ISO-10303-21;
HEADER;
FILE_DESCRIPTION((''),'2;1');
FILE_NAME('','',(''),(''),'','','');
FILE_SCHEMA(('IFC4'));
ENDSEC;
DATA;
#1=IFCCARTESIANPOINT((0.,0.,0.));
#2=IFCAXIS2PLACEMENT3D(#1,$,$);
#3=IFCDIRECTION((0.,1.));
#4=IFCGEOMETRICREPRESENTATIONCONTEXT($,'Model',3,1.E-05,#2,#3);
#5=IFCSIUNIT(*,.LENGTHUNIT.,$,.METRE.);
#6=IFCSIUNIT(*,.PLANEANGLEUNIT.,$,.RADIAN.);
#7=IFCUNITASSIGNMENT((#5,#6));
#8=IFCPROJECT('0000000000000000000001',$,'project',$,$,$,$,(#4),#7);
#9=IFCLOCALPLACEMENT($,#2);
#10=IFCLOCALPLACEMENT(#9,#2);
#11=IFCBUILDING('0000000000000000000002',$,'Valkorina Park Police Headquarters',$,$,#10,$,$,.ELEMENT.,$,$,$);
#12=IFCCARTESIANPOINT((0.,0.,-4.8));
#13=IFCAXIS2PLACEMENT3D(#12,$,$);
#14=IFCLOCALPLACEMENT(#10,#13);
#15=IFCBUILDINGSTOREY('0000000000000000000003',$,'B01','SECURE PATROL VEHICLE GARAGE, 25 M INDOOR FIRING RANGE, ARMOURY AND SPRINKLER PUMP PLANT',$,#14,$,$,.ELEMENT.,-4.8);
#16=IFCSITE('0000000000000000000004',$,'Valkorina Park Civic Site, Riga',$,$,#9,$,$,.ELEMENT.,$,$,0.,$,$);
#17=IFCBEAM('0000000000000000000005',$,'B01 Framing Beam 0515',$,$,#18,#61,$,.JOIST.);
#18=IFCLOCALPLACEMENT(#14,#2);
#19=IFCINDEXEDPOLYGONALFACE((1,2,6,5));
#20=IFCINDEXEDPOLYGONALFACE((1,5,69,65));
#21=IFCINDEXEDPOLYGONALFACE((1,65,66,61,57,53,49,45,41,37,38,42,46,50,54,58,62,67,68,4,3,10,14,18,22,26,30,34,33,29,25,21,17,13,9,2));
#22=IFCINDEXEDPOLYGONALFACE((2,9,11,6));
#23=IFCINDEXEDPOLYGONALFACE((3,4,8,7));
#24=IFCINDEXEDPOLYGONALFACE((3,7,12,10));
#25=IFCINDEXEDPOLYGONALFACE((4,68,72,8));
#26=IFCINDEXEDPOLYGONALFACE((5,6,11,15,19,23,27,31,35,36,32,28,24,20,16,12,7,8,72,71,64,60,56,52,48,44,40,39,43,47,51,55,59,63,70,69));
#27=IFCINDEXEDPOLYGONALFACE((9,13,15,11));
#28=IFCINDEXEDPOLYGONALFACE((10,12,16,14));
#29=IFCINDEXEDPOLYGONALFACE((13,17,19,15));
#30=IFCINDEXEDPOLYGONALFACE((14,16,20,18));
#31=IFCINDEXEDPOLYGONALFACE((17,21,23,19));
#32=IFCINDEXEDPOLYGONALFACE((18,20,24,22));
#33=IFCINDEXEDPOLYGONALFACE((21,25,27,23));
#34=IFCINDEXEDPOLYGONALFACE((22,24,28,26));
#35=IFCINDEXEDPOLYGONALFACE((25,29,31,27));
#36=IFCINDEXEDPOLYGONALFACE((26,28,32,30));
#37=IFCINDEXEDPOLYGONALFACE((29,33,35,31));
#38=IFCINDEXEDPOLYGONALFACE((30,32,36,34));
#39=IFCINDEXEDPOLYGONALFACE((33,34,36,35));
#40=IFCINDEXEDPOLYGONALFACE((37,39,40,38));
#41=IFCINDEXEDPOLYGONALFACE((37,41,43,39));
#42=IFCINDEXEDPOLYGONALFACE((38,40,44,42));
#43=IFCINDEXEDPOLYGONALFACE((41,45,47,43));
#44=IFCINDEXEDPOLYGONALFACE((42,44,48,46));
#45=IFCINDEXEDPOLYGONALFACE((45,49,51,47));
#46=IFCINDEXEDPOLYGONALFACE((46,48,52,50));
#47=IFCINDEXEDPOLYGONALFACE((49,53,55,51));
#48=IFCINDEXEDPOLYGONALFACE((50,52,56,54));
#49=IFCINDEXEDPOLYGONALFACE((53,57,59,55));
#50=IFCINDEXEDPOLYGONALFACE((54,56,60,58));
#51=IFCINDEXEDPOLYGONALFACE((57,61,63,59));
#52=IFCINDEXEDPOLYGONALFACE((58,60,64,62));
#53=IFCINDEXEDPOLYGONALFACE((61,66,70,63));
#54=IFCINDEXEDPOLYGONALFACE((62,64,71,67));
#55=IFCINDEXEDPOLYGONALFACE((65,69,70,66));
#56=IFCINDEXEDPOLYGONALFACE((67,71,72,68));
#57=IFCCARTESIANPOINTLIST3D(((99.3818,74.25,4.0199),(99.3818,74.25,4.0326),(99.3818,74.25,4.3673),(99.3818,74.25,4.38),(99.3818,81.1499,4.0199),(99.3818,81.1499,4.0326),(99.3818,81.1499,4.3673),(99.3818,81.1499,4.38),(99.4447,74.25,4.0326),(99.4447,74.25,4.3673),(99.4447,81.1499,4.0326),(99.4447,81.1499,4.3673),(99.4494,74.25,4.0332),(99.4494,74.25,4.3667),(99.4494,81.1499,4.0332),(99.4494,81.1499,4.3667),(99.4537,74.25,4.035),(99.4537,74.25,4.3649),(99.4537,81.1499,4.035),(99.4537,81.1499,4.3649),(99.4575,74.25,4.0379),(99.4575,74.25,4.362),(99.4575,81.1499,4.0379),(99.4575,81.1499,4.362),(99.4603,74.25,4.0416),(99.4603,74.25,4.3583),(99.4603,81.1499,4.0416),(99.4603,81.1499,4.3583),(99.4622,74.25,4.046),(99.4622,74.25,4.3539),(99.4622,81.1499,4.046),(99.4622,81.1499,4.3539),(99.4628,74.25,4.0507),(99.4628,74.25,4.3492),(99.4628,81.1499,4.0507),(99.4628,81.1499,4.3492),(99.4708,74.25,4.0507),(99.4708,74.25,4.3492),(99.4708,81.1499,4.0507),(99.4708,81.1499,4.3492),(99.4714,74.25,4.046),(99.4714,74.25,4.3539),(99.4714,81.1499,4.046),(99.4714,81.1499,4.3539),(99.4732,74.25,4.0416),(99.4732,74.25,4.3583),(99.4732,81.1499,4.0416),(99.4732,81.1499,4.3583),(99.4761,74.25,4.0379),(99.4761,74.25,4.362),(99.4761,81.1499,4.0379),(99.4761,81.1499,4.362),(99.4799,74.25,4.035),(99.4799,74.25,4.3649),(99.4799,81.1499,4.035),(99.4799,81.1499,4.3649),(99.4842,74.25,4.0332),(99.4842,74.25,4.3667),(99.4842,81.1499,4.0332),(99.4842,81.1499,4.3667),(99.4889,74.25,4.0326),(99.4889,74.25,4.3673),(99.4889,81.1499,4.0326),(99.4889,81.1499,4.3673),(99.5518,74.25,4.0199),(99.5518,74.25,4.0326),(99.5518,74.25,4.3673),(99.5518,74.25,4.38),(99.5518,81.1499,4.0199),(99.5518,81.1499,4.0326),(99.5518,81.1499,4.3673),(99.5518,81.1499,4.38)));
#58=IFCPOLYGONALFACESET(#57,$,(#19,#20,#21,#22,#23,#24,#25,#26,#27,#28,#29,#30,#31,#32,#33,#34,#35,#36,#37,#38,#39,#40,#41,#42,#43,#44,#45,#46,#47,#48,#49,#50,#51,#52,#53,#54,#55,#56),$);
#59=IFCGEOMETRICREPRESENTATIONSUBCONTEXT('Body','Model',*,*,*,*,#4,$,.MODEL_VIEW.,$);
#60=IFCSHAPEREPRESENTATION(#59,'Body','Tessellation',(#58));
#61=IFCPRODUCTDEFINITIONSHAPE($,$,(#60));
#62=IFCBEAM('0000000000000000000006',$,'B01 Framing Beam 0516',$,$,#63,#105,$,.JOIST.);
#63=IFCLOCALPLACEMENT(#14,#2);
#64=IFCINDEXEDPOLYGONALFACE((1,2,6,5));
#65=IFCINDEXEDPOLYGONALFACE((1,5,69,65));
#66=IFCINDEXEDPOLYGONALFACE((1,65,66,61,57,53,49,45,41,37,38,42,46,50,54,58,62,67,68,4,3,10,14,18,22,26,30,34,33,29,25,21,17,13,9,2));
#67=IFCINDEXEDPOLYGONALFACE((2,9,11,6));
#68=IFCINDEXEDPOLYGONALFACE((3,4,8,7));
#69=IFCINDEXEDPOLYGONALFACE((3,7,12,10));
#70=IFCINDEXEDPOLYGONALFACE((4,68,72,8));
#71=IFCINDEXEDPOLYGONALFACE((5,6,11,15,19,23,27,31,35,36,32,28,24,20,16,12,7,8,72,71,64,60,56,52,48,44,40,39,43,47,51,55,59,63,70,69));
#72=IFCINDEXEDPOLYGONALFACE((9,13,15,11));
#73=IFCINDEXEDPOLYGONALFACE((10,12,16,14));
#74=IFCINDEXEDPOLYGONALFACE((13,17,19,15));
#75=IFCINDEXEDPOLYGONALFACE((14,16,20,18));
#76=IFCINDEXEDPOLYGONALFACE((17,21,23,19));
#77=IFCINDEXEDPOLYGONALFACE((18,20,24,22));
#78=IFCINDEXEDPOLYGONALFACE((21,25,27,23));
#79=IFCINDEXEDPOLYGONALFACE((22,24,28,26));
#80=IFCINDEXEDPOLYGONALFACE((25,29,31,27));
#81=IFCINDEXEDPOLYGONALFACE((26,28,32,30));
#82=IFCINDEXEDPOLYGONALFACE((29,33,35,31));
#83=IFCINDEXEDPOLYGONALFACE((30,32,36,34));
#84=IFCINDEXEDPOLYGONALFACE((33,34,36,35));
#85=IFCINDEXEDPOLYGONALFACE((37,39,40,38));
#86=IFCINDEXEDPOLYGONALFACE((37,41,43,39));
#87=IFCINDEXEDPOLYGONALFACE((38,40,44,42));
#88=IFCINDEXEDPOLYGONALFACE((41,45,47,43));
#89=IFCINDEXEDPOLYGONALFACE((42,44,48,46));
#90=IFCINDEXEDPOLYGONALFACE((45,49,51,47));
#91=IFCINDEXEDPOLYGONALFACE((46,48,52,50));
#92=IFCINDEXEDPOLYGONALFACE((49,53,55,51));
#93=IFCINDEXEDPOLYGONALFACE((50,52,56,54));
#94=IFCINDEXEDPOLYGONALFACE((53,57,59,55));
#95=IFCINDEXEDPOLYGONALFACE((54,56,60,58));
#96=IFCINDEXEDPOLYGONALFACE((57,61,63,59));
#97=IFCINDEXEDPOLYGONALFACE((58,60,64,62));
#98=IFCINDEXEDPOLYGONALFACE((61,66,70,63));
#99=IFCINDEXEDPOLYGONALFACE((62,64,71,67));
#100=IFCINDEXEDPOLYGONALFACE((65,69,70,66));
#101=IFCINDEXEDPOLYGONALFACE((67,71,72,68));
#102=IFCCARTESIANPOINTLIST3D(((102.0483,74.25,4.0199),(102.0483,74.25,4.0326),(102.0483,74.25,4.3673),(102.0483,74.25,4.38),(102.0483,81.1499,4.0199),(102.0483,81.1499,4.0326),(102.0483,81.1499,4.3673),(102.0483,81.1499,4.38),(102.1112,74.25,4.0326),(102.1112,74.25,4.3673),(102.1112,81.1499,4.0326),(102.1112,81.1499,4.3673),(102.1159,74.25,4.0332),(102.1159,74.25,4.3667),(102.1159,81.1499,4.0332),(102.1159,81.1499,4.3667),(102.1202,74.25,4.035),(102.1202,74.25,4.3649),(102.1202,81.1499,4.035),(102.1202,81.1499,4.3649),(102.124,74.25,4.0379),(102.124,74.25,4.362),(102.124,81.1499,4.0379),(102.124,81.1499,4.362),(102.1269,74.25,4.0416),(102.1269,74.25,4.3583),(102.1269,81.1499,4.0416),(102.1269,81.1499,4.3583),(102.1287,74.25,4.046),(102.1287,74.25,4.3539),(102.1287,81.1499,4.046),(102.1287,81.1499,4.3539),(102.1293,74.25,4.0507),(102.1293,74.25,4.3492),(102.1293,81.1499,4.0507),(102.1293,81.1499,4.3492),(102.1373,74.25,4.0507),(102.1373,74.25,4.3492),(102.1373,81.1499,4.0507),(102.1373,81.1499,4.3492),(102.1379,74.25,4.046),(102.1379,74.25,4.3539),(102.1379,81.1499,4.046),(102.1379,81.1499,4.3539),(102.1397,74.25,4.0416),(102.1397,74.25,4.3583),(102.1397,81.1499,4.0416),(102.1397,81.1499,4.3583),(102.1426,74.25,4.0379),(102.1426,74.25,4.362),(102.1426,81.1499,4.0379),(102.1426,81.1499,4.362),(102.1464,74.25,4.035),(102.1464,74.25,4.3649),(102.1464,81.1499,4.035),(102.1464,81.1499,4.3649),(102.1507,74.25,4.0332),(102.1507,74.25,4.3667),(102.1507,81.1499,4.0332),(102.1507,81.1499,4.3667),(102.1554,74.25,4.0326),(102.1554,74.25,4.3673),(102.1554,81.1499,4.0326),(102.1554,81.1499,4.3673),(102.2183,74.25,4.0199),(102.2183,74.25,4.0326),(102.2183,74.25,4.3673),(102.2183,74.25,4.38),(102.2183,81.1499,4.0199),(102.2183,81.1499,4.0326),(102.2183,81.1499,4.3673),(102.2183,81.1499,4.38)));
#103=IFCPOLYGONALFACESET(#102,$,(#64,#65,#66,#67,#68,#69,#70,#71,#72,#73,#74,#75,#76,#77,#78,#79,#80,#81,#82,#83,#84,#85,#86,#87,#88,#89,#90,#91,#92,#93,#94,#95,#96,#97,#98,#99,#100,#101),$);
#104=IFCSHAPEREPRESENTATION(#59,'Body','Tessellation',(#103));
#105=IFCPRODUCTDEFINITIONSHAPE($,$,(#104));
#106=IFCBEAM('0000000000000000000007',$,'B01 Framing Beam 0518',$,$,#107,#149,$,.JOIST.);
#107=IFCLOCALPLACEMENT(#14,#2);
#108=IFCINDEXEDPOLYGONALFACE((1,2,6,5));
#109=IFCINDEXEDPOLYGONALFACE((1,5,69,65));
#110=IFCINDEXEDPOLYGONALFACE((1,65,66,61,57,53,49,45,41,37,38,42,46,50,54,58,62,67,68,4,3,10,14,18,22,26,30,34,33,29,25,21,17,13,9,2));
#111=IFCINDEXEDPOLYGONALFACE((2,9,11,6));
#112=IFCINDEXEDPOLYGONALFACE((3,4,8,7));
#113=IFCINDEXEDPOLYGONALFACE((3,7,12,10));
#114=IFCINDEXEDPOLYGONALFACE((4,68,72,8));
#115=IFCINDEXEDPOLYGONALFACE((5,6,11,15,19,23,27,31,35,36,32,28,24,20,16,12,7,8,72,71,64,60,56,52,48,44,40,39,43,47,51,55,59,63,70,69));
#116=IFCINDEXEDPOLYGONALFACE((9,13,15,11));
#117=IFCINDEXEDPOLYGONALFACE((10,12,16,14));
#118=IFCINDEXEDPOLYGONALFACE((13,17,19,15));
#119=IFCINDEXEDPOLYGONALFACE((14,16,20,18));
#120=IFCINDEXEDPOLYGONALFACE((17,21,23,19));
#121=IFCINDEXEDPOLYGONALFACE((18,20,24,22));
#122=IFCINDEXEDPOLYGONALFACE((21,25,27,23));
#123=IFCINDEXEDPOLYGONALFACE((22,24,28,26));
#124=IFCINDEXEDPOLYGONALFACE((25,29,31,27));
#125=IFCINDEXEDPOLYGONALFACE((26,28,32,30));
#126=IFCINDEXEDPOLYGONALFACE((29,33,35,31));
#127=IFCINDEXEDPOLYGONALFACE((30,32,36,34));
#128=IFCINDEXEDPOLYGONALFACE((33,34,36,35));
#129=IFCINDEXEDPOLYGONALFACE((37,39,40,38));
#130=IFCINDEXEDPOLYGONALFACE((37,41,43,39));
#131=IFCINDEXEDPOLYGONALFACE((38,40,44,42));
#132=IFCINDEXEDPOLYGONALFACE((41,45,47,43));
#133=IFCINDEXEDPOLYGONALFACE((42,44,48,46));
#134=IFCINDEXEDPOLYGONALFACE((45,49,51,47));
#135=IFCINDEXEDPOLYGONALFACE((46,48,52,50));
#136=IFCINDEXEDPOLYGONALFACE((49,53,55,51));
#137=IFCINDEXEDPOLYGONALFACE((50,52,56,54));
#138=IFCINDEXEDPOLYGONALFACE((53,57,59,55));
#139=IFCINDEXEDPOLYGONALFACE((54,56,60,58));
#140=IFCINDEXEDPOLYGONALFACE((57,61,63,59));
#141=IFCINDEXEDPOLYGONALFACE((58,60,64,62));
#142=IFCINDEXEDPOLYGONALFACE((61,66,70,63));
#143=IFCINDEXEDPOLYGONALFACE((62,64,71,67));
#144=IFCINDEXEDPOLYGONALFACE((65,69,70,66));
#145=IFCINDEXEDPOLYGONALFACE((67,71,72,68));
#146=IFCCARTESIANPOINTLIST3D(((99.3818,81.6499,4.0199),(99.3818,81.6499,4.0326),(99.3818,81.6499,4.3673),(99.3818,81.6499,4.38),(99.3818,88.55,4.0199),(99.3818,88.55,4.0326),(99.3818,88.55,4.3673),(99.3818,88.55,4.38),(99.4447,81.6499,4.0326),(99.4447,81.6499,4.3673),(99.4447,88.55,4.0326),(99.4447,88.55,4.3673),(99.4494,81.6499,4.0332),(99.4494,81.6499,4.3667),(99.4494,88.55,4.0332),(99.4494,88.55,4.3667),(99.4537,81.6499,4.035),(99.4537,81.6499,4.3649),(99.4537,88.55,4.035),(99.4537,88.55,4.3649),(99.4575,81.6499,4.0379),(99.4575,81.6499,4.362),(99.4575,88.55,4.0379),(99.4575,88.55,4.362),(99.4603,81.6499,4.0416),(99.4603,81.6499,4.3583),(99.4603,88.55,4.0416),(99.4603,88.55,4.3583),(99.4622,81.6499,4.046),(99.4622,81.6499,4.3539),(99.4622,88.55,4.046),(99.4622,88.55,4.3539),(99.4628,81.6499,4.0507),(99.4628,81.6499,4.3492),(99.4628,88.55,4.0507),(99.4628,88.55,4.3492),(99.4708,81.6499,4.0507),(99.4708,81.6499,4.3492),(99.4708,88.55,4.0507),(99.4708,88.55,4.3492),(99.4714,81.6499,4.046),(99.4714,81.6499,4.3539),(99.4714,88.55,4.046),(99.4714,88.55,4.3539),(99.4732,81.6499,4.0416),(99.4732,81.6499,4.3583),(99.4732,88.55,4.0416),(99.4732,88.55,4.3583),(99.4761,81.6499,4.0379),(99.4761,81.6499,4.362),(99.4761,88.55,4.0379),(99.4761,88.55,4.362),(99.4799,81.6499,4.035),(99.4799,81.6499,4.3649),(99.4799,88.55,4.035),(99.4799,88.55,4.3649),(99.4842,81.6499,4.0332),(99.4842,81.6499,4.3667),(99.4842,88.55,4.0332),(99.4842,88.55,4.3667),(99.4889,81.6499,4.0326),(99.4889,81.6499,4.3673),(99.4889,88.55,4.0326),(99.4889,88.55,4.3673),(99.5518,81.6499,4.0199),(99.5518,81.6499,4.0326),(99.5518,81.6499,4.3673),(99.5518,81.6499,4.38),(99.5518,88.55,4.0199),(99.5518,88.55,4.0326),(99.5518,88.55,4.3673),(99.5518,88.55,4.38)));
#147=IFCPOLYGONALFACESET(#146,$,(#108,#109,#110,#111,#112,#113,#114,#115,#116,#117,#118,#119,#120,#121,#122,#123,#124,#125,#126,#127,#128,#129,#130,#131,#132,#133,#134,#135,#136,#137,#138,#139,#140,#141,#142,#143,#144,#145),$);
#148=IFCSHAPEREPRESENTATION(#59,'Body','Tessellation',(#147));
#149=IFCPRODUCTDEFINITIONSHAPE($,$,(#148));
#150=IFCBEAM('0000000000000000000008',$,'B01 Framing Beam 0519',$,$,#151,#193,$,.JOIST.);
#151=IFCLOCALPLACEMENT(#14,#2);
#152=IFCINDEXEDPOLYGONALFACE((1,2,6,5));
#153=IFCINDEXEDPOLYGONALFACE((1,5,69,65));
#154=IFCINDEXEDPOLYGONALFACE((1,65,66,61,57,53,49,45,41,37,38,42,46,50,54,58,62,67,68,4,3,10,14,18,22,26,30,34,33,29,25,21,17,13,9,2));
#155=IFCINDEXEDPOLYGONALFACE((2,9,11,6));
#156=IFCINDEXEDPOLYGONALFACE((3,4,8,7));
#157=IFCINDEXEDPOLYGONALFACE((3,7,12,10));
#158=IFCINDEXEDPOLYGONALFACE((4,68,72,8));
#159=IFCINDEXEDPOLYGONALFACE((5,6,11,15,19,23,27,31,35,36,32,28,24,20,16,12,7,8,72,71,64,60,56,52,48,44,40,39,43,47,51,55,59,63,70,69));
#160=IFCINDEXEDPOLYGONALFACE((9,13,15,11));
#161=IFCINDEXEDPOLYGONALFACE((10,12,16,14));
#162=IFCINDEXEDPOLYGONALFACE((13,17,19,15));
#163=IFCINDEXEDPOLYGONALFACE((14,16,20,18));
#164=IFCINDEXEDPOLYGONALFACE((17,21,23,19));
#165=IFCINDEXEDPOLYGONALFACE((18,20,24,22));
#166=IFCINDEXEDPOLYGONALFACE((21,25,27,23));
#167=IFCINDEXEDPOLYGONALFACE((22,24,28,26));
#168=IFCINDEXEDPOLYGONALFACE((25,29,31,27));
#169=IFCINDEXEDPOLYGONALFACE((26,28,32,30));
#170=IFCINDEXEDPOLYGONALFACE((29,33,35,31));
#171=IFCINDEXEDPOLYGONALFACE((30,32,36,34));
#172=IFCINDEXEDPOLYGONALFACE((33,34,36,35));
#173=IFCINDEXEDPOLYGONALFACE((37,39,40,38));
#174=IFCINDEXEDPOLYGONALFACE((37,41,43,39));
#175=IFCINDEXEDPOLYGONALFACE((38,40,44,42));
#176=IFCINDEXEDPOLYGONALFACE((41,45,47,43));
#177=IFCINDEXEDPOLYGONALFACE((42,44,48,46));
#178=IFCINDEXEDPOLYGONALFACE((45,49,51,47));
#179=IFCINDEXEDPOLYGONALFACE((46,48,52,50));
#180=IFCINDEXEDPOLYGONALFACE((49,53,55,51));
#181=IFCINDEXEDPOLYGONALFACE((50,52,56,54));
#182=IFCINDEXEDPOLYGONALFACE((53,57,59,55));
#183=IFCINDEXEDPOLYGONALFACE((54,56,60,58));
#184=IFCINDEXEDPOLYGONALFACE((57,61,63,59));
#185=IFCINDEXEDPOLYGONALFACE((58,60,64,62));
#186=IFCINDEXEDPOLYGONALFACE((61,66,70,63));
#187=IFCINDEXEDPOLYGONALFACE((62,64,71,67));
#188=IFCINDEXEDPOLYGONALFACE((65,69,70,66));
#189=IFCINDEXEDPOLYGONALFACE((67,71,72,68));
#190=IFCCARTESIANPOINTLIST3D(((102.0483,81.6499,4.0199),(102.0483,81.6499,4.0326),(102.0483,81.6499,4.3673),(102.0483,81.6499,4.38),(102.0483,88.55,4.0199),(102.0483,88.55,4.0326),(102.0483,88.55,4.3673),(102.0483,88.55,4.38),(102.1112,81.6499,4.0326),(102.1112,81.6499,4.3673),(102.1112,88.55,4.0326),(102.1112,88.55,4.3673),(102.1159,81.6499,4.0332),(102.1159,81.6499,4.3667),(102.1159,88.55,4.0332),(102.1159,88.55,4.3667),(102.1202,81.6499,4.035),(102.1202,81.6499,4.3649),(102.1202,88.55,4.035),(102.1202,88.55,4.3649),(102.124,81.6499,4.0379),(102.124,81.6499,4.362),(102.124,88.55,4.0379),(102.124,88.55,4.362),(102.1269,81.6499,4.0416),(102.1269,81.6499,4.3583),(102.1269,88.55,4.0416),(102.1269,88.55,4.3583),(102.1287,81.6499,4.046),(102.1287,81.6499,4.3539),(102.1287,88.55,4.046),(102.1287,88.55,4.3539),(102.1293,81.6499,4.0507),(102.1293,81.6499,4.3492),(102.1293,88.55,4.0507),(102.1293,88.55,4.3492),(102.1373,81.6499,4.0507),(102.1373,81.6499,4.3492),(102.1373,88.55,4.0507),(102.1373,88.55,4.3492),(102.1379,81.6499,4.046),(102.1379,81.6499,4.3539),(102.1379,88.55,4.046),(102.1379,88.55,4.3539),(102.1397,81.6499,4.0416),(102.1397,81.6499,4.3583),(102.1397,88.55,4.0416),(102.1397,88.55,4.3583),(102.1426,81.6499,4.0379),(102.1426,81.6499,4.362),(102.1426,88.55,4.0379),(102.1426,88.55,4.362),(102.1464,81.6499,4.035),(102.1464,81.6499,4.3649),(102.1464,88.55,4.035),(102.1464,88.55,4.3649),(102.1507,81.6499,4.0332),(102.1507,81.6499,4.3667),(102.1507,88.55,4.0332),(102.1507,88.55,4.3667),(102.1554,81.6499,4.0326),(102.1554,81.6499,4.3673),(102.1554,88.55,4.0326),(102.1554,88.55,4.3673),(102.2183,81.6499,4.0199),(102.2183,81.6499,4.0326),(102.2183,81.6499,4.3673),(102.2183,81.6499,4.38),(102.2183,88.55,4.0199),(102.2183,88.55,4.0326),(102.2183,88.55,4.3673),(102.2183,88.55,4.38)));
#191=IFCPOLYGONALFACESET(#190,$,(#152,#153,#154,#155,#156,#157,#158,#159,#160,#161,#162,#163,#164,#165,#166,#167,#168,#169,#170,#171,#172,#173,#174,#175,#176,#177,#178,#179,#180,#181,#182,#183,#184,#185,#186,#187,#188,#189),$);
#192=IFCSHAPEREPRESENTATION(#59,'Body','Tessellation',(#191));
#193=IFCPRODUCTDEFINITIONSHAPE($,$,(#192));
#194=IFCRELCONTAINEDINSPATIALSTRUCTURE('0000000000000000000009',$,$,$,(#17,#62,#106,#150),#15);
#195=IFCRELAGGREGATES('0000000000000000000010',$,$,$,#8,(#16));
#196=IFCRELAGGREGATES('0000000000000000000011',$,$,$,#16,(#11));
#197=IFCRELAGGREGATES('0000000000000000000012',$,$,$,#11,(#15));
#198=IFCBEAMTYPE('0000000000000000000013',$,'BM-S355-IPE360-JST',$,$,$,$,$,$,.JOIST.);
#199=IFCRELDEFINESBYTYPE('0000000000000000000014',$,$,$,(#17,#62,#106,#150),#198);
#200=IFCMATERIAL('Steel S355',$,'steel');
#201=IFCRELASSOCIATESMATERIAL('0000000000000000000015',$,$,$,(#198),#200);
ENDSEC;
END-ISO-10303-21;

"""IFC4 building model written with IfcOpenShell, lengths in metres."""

from ifc_helpers import new_model, si_unit, direction, frame, origin, origin_2d, place, context, subcontext, project, spatial, i_section, extrude, material, material_profile, profile_set, type_object, element, save


model = new_model("IFC4")

# Units and contexts
model_context = context("Model", 3, precision=1e-05, world=origin(), true_north=direction((0.0, 1.0)))
body_context = subcontext(model_context, "Body", "Model", "MODEL_VIEW")
ifc_project = project(units=[si_unit("LENGTHUNIT", "METRE"), si_unit("PLANEANGLEUNIT", "RADIAN")], contexts=[model_context])

# Site, building, storey
site_placement = place(None, origin())
site = spatial("IfcSite", under=ifc_project, at=site_placement, Name="Valkorina Park Civic Site, Riga", CompositionType="ELEMENT", RefElevation=0.0)
building_placement = place(site_placement, origin())
building = spatial("IfcBuilding", under=site, at=building_placement, Name="Valkorina Park Police Headquarters", CompositionType="ELEMENT")
storey_placement = place(building_placement, frame((0.0, 0.0, -4.8)))
storey = spatial("IfcBuildingStorey", under=building, at=storey_placement, Name="B01", Description="SECURE PATROL VEHICLE GARAGE, 25 M INDOOR FIRING RANGE, ARMOURY AND SPRINKLER PUMP PLANT", CompositionType="ELEMENT", Elevation=-4.8)

# Beams
ifc_material_1 = material(Name="Steel S355", Category="steel")
ifc_material_profile_1 = material_profile(ifc_material_1, i_section(OverallWidth=0.1699, OverallDepth=0.3601, WebThickness=0.0081, FlangeThickness=0.0127, FilletRadius=0.0181, at=origin_2d()), Name="IPE 360")
ifc_profile_set_1 = profile_set([ifc_material_profile_1], Name="Steel S355")
beam_type_1 = type_object("IfcBeamType", Name="BM-S355-IPE360-JST", PredefinedType="JOIST", material=ifc_profile_set_1)
for number, where, z_axis, x_axis, name in (
    (1, (99.4668, 74.25, 4.2), (0.0, 1.0, 0.0), (-1.0, 0.0, 0.0), "B01 Framing Beam 0515"),
    (2, (102.1333, 74.25, 4.2), (0.0, 1.0, 0.0), (-1.0, 0.0, 0.0), "B01 Framing Beam 0516"),
):
    element("IfcBeam", number, at=place(storey_placement, frame(where, z_axis=z_axis, x_axis=x_axis)), inside=storey, type_object=beam_type_1, Name=name, PredefinedType="JOIST", context=body_context, shape_type="SweptSolid", body=[
        extrude(i_section(OverallWidth=0.1699, OverallDepth=0.3601, WebThickness=0.0081, FlangeThickness=0.0127, FilletRadius=0.0181, at=origin_2d()), origin(), (0.0, 0.0, 1.0), 6.8999),
    ])
for number, where, z_axis, x_axis, name in (
    (3, (99.4668, 81.6499, 4.2), (0.0, 1.0, 0.0), (-1.0, 0.0, 0.0), "B01 Framing Beam 0518"),
    (4, (102.1333, 81.6499, 4.2), (0.0, 1.0, 0.0), (-1.0, 0.0, 0.0), "B01 Framing Beam 0519"),
):
    element("IfcBeam", number, at=place(storey_placement, frame(where, z_axis=z_axis, x_axis=x_axis)), inside=storey, type_object=beam_type_1, Name=name, PredefinedType="JOIST", context=body_context, shape_type="SweptSolid", body=[
        extrude(i_section(OverallWidth=0.1699, OverallDepth=0.3601, WebThickness=0.0081, FlangeThickness=0.0127, FilletRadius=0.0181, at=origin_2d()), origin(), (0.0, 0.0, 1.0), 6.9001),
    ])

save(model, "model.ifc")
